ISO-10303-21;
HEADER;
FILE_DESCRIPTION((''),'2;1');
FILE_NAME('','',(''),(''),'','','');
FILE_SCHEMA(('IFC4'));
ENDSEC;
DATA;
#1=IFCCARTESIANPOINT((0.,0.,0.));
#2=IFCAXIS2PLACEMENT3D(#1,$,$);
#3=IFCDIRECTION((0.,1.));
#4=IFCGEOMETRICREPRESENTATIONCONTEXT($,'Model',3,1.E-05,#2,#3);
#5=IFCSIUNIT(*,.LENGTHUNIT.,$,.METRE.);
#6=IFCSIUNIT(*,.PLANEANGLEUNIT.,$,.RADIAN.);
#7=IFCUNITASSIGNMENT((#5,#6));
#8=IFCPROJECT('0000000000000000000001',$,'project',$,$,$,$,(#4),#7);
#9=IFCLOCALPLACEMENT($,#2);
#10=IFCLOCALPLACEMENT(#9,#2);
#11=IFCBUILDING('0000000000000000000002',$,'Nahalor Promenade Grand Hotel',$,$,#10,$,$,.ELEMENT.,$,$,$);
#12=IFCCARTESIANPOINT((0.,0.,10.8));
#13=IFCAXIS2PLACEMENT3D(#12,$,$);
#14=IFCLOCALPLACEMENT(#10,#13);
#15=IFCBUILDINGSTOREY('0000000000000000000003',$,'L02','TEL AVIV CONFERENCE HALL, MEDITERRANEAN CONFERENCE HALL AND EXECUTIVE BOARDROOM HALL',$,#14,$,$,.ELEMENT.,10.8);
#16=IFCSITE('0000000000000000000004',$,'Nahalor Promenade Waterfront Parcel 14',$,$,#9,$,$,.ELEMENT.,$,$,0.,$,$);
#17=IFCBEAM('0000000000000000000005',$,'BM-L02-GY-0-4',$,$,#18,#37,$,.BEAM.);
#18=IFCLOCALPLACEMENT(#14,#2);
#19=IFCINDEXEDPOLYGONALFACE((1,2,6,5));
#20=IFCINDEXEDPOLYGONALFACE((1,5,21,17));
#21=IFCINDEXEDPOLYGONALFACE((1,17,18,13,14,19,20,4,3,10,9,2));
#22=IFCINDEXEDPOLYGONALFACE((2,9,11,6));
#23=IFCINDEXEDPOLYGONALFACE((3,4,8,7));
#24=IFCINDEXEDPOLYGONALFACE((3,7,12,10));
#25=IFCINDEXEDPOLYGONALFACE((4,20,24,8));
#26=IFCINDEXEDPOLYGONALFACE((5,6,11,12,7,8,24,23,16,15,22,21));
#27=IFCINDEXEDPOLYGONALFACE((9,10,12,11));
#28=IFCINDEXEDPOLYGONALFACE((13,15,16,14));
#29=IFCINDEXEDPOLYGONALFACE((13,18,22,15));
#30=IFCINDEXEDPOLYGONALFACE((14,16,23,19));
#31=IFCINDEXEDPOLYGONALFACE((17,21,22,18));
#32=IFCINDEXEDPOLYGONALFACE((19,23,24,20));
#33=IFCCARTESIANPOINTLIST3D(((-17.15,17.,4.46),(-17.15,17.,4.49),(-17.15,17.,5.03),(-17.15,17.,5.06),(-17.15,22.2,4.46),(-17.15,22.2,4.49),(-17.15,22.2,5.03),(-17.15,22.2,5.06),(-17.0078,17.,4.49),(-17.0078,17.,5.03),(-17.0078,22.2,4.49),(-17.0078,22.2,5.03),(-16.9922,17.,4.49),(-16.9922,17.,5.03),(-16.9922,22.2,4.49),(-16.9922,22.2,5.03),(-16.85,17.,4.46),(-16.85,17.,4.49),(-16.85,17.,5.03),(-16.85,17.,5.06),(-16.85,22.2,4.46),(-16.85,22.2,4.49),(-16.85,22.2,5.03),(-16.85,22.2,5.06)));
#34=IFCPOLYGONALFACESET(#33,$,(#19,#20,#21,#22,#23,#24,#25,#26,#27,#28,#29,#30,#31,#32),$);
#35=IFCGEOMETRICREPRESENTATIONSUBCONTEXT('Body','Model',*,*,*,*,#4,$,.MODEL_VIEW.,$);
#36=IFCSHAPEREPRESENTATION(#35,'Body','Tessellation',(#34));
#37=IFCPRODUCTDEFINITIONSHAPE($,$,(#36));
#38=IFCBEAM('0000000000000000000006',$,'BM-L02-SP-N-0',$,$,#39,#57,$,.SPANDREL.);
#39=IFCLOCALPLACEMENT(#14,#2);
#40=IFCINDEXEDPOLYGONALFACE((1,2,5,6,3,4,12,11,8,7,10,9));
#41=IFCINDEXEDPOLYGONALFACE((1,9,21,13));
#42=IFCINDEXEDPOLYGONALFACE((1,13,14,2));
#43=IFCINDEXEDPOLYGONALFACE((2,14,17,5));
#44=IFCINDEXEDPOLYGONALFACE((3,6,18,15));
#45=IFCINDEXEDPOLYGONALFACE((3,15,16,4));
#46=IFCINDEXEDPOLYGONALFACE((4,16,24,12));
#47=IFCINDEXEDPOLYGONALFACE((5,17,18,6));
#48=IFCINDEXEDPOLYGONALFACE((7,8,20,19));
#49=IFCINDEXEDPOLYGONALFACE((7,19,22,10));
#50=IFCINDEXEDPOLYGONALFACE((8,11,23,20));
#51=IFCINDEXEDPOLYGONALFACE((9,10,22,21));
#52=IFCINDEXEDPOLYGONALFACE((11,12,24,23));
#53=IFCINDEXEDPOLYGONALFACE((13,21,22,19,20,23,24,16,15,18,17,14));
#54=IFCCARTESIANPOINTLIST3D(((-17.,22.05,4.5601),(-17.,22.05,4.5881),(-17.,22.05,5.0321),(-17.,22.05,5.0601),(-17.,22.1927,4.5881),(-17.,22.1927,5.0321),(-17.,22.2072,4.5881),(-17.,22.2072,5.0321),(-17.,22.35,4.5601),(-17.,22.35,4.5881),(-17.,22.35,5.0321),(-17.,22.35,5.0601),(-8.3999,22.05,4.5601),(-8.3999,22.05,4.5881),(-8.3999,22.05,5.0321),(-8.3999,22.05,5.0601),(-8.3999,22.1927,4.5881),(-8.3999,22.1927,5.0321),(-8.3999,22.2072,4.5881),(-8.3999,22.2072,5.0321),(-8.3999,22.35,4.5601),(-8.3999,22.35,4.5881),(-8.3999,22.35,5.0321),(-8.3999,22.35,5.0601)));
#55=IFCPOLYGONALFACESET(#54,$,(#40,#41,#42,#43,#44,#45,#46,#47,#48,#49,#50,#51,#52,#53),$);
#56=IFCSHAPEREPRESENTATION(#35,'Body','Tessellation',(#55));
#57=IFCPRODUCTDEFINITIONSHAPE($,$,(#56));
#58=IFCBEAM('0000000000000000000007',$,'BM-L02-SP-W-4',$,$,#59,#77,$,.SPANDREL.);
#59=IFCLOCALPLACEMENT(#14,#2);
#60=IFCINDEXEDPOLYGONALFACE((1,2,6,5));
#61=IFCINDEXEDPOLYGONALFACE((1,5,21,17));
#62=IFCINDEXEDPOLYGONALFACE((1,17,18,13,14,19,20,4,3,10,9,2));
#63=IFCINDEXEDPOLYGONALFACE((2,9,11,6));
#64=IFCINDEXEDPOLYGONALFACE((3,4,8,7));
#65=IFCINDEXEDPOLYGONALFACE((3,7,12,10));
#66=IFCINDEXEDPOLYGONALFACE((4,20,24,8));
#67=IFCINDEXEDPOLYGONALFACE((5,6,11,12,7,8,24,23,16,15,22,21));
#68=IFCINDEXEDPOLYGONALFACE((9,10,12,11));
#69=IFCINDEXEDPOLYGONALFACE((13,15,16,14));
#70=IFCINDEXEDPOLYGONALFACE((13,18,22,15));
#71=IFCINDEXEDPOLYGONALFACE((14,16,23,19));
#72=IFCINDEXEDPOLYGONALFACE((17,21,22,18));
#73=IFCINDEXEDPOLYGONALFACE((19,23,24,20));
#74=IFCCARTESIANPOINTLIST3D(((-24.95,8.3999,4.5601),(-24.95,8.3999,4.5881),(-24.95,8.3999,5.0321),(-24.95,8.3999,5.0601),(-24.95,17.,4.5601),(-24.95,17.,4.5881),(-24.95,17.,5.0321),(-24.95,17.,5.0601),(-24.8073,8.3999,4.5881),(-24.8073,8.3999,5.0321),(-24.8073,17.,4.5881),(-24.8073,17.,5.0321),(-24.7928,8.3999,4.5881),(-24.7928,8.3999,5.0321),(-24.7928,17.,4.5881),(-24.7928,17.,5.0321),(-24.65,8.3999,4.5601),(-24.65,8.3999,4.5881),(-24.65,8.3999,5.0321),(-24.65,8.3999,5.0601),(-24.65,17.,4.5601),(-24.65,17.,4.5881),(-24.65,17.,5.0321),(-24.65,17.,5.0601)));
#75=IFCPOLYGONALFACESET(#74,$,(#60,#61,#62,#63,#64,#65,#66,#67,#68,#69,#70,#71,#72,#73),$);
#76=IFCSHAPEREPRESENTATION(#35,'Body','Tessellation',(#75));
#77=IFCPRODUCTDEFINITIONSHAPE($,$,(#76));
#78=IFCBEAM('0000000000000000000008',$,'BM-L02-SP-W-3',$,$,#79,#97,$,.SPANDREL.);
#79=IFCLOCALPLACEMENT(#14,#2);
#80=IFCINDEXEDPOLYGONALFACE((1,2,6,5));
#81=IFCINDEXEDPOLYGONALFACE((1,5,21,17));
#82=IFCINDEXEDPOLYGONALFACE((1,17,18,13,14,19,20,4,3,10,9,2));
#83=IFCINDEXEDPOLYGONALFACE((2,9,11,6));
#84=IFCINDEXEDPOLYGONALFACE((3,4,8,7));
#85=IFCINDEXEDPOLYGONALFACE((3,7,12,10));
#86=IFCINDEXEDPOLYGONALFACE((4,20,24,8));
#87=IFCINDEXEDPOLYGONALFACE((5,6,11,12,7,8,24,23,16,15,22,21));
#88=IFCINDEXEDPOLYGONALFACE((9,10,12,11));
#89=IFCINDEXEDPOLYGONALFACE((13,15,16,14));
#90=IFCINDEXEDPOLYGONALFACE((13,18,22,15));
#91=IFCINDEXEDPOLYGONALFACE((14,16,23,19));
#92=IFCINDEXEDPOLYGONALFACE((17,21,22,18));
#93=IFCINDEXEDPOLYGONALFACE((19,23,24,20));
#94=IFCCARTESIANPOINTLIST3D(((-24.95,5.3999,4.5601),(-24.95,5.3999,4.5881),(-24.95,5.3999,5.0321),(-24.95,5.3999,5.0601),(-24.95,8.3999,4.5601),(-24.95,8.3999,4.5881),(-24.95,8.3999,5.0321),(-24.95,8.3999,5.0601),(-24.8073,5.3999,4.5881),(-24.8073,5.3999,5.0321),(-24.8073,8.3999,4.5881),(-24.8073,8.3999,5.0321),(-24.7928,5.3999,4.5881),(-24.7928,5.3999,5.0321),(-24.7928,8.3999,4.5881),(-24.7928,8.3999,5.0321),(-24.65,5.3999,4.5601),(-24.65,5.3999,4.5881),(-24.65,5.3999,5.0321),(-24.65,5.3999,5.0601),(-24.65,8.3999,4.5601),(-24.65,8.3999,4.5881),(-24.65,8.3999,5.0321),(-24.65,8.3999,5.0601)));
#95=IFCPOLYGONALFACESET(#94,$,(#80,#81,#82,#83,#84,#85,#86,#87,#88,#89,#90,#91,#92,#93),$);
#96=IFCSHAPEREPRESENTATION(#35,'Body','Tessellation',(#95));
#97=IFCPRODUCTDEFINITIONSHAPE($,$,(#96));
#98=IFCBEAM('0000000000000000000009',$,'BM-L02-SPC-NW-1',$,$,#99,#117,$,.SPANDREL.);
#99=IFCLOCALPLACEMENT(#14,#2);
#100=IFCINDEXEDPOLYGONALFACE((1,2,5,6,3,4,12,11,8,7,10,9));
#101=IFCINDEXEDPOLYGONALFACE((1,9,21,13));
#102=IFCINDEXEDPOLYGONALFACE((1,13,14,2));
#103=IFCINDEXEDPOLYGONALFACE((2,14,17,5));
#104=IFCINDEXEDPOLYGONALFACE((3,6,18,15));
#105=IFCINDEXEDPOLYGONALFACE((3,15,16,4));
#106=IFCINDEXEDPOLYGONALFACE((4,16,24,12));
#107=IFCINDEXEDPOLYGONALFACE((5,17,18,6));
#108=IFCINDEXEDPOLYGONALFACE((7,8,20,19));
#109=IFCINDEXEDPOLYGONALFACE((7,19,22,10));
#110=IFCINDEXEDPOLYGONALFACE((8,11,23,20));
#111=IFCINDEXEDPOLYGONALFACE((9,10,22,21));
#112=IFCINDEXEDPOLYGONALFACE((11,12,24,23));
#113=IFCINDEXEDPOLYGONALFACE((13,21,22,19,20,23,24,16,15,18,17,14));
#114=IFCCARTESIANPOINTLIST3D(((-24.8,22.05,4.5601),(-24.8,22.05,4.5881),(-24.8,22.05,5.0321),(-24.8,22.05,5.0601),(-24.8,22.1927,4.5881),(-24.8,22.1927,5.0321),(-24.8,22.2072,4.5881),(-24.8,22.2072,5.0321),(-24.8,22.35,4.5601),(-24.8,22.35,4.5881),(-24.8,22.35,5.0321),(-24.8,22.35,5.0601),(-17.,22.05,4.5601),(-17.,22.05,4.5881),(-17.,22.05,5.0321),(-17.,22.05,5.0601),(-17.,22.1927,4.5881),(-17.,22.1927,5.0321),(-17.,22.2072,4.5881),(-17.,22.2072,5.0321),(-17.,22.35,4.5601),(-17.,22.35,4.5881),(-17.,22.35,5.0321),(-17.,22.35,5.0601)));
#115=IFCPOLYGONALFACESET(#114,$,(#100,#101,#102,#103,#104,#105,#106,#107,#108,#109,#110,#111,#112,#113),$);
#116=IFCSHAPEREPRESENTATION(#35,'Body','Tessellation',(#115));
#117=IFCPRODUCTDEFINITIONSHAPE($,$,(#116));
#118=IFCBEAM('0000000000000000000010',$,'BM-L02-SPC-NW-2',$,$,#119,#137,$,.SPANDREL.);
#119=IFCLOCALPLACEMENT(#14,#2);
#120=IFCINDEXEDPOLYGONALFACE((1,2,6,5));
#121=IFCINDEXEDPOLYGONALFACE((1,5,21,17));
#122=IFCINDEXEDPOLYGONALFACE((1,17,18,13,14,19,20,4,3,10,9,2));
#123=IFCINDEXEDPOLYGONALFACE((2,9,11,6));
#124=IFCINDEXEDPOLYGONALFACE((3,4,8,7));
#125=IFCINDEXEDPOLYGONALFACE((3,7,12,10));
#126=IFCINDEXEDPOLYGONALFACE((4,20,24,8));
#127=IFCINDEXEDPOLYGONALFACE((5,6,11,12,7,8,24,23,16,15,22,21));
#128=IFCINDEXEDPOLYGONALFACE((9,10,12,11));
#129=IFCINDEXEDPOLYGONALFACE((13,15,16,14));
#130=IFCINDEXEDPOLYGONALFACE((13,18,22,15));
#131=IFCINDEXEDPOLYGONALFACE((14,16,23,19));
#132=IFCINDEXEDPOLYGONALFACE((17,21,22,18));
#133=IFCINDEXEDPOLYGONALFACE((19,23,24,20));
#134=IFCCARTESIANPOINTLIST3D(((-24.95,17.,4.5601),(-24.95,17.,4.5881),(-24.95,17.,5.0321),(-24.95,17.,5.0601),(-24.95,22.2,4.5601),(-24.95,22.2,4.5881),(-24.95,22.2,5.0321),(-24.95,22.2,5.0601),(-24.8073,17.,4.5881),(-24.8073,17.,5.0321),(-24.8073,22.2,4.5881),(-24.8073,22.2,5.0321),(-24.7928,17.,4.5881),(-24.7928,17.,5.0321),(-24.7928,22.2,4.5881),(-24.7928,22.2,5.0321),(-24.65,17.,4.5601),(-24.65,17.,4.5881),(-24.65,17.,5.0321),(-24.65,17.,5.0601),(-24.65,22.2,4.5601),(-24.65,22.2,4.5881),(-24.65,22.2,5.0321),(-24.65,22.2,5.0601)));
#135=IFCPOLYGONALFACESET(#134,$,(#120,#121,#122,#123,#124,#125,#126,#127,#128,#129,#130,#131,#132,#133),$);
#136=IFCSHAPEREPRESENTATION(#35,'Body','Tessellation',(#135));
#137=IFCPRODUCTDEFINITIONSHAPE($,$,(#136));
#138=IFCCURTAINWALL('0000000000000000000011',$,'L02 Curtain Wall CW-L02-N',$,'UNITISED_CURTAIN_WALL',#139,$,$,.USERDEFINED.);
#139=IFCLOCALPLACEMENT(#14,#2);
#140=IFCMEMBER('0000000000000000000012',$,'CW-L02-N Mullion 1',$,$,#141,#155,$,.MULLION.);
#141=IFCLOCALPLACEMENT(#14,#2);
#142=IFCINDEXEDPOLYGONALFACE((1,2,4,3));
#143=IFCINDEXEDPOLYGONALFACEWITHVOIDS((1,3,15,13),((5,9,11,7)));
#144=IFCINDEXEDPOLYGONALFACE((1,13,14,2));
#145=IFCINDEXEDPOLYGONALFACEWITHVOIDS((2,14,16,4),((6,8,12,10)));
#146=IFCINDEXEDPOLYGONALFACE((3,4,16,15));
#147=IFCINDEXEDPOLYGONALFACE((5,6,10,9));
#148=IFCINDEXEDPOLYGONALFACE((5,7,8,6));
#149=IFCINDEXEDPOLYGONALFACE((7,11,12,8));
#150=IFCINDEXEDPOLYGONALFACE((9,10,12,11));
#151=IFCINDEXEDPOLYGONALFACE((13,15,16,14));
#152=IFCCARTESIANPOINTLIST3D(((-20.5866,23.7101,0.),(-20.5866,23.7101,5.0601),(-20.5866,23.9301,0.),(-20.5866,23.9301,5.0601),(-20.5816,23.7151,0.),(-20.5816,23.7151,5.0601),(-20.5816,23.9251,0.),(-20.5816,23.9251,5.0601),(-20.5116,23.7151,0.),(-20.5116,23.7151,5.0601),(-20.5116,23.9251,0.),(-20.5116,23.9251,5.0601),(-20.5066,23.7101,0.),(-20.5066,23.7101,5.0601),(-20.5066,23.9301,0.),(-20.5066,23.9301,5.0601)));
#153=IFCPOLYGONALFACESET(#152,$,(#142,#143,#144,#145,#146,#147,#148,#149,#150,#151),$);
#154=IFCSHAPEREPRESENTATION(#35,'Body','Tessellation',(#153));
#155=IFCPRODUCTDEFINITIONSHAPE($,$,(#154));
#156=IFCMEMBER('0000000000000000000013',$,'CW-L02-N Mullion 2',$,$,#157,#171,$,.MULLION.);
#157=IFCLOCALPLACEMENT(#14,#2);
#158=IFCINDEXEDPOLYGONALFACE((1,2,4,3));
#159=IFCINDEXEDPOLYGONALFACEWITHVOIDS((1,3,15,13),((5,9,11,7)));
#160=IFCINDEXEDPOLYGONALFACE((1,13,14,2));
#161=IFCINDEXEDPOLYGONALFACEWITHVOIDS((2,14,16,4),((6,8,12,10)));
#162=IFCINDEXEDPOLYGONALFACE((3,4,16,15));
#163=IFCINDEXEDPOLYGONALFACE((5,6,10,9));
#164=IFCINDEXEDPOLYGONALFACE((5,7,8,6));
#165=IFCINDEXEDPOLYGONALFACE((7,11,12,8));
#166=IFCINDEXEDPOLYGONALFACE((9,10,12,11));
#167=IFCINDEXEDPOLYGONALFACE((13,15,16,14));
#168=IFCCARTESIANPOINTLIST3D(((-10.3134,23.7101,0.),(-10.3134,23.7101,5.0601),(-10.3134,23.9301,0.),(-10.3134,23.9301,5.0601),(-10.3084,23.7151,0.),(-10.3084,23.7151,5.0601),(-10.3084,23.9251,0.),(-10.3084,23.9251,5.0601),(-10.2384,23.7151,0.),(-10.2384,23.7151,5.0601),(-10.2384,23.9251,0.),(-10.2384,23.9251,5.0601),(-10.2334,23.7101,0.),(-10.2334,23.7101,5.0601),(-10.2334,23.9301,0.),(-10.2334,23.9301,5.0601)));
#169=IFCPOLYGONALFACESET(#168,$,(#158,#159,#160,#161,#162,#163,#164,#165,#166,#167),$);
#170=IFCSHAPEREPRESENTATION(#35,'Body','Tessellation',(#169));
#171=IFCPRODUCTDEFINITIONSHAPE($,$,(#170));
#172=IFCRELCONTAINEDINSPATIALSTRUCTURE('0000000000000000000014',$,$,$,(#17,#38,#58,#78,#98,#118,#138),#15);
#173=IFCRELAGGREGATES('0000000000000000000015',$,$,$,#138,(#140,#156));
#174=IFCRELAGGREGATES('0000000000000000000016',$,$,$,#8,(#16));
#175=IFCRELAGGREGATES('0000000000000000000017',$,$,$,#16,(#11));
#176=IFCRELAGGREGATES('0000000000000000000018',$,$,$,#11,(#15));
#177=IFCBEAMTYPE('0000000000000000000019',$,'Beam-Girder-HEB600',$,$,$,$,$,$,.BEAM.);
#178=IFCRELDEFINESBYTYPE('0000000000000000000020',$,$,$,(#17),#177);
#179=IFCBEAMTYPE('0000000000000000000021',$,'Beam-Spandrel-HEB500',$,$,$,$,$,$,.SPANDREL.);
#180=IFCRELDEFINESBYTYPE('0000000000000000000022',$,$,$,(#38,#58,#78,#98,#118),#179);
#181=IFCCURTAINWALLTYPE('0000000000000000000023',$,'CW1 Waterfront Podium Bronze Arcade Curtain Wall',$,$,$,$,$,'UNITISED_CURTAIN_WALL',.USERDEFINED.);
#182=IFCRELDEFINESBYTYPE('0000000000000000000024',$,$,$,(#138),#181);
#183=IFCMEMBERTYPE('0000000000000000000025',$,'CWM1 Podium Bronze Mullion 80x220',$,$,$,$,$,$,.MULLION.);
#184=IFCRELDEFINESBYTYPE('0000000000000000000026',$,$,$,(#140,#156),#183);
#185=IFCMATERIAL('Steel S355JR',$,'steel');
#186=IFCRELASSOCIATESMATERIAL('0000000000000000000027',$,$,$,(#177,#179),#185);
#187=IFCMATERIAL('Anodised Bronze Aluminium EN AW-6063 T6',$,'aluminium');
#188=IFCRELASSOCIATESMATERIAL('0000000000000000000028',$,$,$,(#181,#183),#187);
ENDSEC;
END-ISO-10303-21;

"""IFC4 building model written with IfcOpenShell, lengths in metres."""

from ifc_helpers import new_model, si_unit, direction, frame, origin, origin_2d, place, context, subcontext, project, spatial, hollow_rectangle, i_section, extrude, source, transform, mapped, material, material_profile, profile_set, type_object, element, aggregate, save


model = new_model("IFC4")

# Units and contexts
model_context = context("Model", 3, precision=1e-05, world=origin(), true_north=direction((0.0, 1.0)))
body_context = subcontext(model_context, "Body", "Model", "MODEL_VIEW")
ifc_project = project(units=[si_unit("LENGTHUNIT", "METRE"), si_unit("PLANEANGLEUNIT", "RADIAN")], contexts=[model_context])

# Site, building, storey
site_placement = place(None, origin())
site = spatial("IfcSite", under=ifc_project, at=site_placement, Name="Nahalor Promenade Waterfront Parcel 14", CompositionType="ELEMENT", RefElevation=0.0)
building_placement = place(site_placement, origin())
building = spatial("IfcBuilding", under=site, at=building_placement, Name="Nahalor Promenade Grand Hotel", CompositionType="ELEMENT")
storey_placement = place(building_placement, frame((0.0, 0.0, 10.8)))
storey = spatial("IfcBuildingStorey", under=building, at=storey_placement, Name="L02", Description="TEL AVIV CONFERENCE HALL, MEDITERRANEAN CONFERENCE HALL AND EXECUTIVE BOARDROOM HALL", CompositionType="ELEMENT", Elevation=10.8)

# Beams
ifc_material_1 = material(Name="Steel S355JR", Category="steel")
ifc_material_profile_1 = material_profile(ifc_material_1, i_section(OverallWidth=0.3, OverallDepth=0.6, WebThickness=0.0155, FlangeThickness=0.03, at=origin_2d()), Name="HEB 600")
ifc_profile_set_1 = profile_set([ifc_material_profile_1], Name="Steel S355JR")
beam_type_1 = type_object("IfcBeamType", Name="Beam-Girder-HEB600", PredefinedType="BEAM", material=ifc_profile_set_1)
shared_shape_1 = source(origin(), body_context, "Body", "SweptSolid", [
    extrude(i_section(OverallWidth=0.3, OverallDepth=0.6, WebThickness=0.0155, FlangeThickness=0.03, at=origin_2d()), origin(), (0.0, 0.0, 1.0), 5.2),
])
beam_1_placement = place(storey_placement, frame((-17.0, 17.0, 4.76), z_axis=(0.0, 1.0, 0.0), x_axis=(-1.0, 0.0, 0.0)))
element("IfcBeam", 1, at=beam_1_placement, inside=storey, type_object=beam_type_1, Name="BM-L02-GY-0-4", PredefinedType="BEAM", context=body_context, shape_type="MappedRepresentation", body=[
    mapped(shared_shape_1, transform((0.0, 0.0, 0.0), scale=1.0)),
])
ifc_material_profile_2 = material_profile(ifc_material_1, i_section(OverallWidth=0.3, OverallDepth=0.5, WebThickness=0.0145, FlangeThickness=0.028, at=origin_2d()), Name="HEB 500")
ifc_profile_set_2 = profile_set([ifc_material_profile_2], Name="Steel S355JR")
beam_type_2 = type_object("IfcBeamType", Name="Beam-Spandrel-HEB500", PredefinedType="SPANDREL", material=ifc_profile_set_2)
shared_shape_2 = source(origin(), body_context, "Body", "SweptSolid", [
    extrude(i_section(OverallWidth=0.3, OverallDepth=0.5, WebThickness=0.0145, FlangeThickness=0.028, at=origin_2d()), origin(), (0.0, 0.0, 1.0), 8.6001),
])
for number, where, z_axis, x_axis, name in (
    (2, (-17.0, 22.2, 4.8101), (1.0, 0.0, 0.0), (0.0, 1.0, 0.0), "BM-L02-SP-N-0"),
    (3, (-24.8, 8.3999, 4.8101), (0.0, 1.0, 0.0), (-1.0, 0.0, 0.0), "BM-L02-SP-W-4"),
):
    element("IfcBeam", number, at=place(storey_placement, frame(where, z_axis=z_axis, x_axis=x_axis)), inside=storey, type_object=beam_type_2, Name=name, PredefinedType="SPANDREL", context=body_context, shape_type="MappedRepresentation", body=[
        mapped(shared_shape_2, transform((0.0, 0.0, 0.0), scale=1.0)),
    ])
shared_shape_3 = source(origin(), body_context, "Body", "SweptSolid", [
    extrude(i_section(OverallWidth=0.3, OverallDepth=0.5, WebThickness=0.0145, FlangeThickness=0.028, at=origin_2d()), origin(), (0.0, 0.0, 1.0), 3.0),
])
beam_2_placement = place(storey_placement, frame((-24.8, 5.3999, 4.8101), z_axis=(0.0, 1.0, 0.0), x_axis=(-1.0, 0.0, 0.0)))
element("IfcBeam", 4, at=beam_2_placement, inside=storey, type_object=beam_type_2, Name="BM-L02-SP-W-3", PredefinedType="SPANDREL", context=body_context, shape_type="MappedRepresentation", body=[
    mapped(shared_shape_3, transform((0.0, 0.0, 0.0), scale=1.0)),
])
shared_shape_4 = source(origin(), body_context, "Body", "SweptSolid", [
    extrude(i_section(OverallWidth=0.3, OverallDepth=0.5, WebThickness=0.0145, FlangeThickness=0.028, at=origin_2d()), origin(), (0.0, 0.0, 1.0), 7.8),
])
beam_3_placement = place(storey_placement, frame((-17.0, 22.2, 4.8101), z_axis=(-1.0, 0.0, 0.0), x_axis=(0.0, -1.0, 0.0)))
element("IfcBeam", 5, at=beam_3_placement, inside=storey, type_object=beam_type_2, Name="BM-L02-SPC-NW-1", PredefinedType="SPANDREL", context=body_context, shape_type="MappedRepresentation", body=[
    mapped(shared_shape_4, transform((0.0, 0.0, 0.0), scale=1.0)),
])
shared_shape_5 = source(origin(), body_context, "Body", "SweptSolid", [
    extrude(i_section(OverallWidth=0.3, OverallDepth=0.5, WebThickness=0.0145, FlangeThickness=0.028, at=origin_2d()), origin(), (0.0, 0.0, 1.0), 5.2),
])
beam_4_placement = place(storey_placement, frame((-24.8, 22.2, 4.8101), z_axis=(0.0, -1.0, 0.0), x_axis=(1.0, 0.0, 0.0)))
element("IfcBeam", 6, at=beam_4_placement, inside=storey, type_object=beam_type_2, Name="BM-L02-SPC-NW-2", PredefinedType="SPANDREL", context=body_context, shape_type="MappedRepresentation", body=[
    mapped(shared_shape_5, transform((0.0, 0.0, 0.0), scale=1.0)),
])

# Curtain wall, members
ifc_material_2 = material(Name="Anodised Bronze Aluminium EN AW-6063 T6", Category="aluminium")
curtain_wall_type = type_object("IfcCurtainWallType", Name="CW1 Waterfront Podium Bronze Arcade Curtain Wall", ElementType="UNITISED_CURTAIN_WALL", PredefinedType="USERDEFINED", material=ifc_material_2)
curtain_wall_placement = place(storey_placement, origin())
curtain_wall = element("IfcCurtainWall", 7, at=curtain_wall_placement, inside=storey, type_object=curtain_wall_type, Name="L02 Curtain Wall CW-L02-N", ObjectType="UNITISED_CURTAIN_WALL", PredefinedType="USERDEFINED")
ifc_material_profile_3 = material_profile(ifc_material_2, hollow_rectangle(XDim=0.08, YDim=0.22, WallThickness=0.005, at=origin_2d()), Name="CWM 80x220x5")
ifc_profile_set_3 = profile_set([ifc_material_profile_3], Name="Anodised Bronze Aluminium EN AW-6063 T6")
member_type_1 = type_object("IfcMemberType", Name="CWM1 Podium Bronze Mullion 80x220", PredefinedType="MULLION", material=ifc_profile_set_3)
shared_shape_6 = source(origin(), body_context, "Body", "SweptSolid", [
    extrude(hollow_rectangle(XDim=0.08, YDim=0.22, WallThickness=0.005, at=origin_2d()), origin(), (0.0, 0.0, 1.0), 5.0601),
])
member_1_placement = place(storey_placement, frame((-20.5466, 23.8201, 0.0), z_axis=(0.0, 0.0, 1.0), x_axis=(1.0, 0.0, 0.0)))
member_1 = element("IfcMember", 8, at=member_1_placement, type_object=member_type_1, Name="CW-L02-N Mullion 1", PredefinedType="MULLION", context=body_context, shape_type="MappedRepresentation", body=[
    mapped(shared_shape_6, transform((0.0, 0.0, 0.0), scale=1.0)),
])
member_2_placement = place(storey_placement, frame((-10.2734, 23.8201, 0.0), z_axis=(0.0, 0.0, 1.0), x_axis=(1.0, 0.0, 0.0)))
member_2 = element("IfcMember", 9, at=member_2_placement, type_object=member_type_1, Name="CW-L02-N Mullion 2", PredefinedType="MULLION", context=body_context, shape_type="MappedRepresentation", body=[
    mapped(shared_shape_6, transform((0.0, 0.0, 0.0), scale=1.0)),
])
aggregate(curtain_wall, [member_1, member_2])

save(model, "model.ifc")
